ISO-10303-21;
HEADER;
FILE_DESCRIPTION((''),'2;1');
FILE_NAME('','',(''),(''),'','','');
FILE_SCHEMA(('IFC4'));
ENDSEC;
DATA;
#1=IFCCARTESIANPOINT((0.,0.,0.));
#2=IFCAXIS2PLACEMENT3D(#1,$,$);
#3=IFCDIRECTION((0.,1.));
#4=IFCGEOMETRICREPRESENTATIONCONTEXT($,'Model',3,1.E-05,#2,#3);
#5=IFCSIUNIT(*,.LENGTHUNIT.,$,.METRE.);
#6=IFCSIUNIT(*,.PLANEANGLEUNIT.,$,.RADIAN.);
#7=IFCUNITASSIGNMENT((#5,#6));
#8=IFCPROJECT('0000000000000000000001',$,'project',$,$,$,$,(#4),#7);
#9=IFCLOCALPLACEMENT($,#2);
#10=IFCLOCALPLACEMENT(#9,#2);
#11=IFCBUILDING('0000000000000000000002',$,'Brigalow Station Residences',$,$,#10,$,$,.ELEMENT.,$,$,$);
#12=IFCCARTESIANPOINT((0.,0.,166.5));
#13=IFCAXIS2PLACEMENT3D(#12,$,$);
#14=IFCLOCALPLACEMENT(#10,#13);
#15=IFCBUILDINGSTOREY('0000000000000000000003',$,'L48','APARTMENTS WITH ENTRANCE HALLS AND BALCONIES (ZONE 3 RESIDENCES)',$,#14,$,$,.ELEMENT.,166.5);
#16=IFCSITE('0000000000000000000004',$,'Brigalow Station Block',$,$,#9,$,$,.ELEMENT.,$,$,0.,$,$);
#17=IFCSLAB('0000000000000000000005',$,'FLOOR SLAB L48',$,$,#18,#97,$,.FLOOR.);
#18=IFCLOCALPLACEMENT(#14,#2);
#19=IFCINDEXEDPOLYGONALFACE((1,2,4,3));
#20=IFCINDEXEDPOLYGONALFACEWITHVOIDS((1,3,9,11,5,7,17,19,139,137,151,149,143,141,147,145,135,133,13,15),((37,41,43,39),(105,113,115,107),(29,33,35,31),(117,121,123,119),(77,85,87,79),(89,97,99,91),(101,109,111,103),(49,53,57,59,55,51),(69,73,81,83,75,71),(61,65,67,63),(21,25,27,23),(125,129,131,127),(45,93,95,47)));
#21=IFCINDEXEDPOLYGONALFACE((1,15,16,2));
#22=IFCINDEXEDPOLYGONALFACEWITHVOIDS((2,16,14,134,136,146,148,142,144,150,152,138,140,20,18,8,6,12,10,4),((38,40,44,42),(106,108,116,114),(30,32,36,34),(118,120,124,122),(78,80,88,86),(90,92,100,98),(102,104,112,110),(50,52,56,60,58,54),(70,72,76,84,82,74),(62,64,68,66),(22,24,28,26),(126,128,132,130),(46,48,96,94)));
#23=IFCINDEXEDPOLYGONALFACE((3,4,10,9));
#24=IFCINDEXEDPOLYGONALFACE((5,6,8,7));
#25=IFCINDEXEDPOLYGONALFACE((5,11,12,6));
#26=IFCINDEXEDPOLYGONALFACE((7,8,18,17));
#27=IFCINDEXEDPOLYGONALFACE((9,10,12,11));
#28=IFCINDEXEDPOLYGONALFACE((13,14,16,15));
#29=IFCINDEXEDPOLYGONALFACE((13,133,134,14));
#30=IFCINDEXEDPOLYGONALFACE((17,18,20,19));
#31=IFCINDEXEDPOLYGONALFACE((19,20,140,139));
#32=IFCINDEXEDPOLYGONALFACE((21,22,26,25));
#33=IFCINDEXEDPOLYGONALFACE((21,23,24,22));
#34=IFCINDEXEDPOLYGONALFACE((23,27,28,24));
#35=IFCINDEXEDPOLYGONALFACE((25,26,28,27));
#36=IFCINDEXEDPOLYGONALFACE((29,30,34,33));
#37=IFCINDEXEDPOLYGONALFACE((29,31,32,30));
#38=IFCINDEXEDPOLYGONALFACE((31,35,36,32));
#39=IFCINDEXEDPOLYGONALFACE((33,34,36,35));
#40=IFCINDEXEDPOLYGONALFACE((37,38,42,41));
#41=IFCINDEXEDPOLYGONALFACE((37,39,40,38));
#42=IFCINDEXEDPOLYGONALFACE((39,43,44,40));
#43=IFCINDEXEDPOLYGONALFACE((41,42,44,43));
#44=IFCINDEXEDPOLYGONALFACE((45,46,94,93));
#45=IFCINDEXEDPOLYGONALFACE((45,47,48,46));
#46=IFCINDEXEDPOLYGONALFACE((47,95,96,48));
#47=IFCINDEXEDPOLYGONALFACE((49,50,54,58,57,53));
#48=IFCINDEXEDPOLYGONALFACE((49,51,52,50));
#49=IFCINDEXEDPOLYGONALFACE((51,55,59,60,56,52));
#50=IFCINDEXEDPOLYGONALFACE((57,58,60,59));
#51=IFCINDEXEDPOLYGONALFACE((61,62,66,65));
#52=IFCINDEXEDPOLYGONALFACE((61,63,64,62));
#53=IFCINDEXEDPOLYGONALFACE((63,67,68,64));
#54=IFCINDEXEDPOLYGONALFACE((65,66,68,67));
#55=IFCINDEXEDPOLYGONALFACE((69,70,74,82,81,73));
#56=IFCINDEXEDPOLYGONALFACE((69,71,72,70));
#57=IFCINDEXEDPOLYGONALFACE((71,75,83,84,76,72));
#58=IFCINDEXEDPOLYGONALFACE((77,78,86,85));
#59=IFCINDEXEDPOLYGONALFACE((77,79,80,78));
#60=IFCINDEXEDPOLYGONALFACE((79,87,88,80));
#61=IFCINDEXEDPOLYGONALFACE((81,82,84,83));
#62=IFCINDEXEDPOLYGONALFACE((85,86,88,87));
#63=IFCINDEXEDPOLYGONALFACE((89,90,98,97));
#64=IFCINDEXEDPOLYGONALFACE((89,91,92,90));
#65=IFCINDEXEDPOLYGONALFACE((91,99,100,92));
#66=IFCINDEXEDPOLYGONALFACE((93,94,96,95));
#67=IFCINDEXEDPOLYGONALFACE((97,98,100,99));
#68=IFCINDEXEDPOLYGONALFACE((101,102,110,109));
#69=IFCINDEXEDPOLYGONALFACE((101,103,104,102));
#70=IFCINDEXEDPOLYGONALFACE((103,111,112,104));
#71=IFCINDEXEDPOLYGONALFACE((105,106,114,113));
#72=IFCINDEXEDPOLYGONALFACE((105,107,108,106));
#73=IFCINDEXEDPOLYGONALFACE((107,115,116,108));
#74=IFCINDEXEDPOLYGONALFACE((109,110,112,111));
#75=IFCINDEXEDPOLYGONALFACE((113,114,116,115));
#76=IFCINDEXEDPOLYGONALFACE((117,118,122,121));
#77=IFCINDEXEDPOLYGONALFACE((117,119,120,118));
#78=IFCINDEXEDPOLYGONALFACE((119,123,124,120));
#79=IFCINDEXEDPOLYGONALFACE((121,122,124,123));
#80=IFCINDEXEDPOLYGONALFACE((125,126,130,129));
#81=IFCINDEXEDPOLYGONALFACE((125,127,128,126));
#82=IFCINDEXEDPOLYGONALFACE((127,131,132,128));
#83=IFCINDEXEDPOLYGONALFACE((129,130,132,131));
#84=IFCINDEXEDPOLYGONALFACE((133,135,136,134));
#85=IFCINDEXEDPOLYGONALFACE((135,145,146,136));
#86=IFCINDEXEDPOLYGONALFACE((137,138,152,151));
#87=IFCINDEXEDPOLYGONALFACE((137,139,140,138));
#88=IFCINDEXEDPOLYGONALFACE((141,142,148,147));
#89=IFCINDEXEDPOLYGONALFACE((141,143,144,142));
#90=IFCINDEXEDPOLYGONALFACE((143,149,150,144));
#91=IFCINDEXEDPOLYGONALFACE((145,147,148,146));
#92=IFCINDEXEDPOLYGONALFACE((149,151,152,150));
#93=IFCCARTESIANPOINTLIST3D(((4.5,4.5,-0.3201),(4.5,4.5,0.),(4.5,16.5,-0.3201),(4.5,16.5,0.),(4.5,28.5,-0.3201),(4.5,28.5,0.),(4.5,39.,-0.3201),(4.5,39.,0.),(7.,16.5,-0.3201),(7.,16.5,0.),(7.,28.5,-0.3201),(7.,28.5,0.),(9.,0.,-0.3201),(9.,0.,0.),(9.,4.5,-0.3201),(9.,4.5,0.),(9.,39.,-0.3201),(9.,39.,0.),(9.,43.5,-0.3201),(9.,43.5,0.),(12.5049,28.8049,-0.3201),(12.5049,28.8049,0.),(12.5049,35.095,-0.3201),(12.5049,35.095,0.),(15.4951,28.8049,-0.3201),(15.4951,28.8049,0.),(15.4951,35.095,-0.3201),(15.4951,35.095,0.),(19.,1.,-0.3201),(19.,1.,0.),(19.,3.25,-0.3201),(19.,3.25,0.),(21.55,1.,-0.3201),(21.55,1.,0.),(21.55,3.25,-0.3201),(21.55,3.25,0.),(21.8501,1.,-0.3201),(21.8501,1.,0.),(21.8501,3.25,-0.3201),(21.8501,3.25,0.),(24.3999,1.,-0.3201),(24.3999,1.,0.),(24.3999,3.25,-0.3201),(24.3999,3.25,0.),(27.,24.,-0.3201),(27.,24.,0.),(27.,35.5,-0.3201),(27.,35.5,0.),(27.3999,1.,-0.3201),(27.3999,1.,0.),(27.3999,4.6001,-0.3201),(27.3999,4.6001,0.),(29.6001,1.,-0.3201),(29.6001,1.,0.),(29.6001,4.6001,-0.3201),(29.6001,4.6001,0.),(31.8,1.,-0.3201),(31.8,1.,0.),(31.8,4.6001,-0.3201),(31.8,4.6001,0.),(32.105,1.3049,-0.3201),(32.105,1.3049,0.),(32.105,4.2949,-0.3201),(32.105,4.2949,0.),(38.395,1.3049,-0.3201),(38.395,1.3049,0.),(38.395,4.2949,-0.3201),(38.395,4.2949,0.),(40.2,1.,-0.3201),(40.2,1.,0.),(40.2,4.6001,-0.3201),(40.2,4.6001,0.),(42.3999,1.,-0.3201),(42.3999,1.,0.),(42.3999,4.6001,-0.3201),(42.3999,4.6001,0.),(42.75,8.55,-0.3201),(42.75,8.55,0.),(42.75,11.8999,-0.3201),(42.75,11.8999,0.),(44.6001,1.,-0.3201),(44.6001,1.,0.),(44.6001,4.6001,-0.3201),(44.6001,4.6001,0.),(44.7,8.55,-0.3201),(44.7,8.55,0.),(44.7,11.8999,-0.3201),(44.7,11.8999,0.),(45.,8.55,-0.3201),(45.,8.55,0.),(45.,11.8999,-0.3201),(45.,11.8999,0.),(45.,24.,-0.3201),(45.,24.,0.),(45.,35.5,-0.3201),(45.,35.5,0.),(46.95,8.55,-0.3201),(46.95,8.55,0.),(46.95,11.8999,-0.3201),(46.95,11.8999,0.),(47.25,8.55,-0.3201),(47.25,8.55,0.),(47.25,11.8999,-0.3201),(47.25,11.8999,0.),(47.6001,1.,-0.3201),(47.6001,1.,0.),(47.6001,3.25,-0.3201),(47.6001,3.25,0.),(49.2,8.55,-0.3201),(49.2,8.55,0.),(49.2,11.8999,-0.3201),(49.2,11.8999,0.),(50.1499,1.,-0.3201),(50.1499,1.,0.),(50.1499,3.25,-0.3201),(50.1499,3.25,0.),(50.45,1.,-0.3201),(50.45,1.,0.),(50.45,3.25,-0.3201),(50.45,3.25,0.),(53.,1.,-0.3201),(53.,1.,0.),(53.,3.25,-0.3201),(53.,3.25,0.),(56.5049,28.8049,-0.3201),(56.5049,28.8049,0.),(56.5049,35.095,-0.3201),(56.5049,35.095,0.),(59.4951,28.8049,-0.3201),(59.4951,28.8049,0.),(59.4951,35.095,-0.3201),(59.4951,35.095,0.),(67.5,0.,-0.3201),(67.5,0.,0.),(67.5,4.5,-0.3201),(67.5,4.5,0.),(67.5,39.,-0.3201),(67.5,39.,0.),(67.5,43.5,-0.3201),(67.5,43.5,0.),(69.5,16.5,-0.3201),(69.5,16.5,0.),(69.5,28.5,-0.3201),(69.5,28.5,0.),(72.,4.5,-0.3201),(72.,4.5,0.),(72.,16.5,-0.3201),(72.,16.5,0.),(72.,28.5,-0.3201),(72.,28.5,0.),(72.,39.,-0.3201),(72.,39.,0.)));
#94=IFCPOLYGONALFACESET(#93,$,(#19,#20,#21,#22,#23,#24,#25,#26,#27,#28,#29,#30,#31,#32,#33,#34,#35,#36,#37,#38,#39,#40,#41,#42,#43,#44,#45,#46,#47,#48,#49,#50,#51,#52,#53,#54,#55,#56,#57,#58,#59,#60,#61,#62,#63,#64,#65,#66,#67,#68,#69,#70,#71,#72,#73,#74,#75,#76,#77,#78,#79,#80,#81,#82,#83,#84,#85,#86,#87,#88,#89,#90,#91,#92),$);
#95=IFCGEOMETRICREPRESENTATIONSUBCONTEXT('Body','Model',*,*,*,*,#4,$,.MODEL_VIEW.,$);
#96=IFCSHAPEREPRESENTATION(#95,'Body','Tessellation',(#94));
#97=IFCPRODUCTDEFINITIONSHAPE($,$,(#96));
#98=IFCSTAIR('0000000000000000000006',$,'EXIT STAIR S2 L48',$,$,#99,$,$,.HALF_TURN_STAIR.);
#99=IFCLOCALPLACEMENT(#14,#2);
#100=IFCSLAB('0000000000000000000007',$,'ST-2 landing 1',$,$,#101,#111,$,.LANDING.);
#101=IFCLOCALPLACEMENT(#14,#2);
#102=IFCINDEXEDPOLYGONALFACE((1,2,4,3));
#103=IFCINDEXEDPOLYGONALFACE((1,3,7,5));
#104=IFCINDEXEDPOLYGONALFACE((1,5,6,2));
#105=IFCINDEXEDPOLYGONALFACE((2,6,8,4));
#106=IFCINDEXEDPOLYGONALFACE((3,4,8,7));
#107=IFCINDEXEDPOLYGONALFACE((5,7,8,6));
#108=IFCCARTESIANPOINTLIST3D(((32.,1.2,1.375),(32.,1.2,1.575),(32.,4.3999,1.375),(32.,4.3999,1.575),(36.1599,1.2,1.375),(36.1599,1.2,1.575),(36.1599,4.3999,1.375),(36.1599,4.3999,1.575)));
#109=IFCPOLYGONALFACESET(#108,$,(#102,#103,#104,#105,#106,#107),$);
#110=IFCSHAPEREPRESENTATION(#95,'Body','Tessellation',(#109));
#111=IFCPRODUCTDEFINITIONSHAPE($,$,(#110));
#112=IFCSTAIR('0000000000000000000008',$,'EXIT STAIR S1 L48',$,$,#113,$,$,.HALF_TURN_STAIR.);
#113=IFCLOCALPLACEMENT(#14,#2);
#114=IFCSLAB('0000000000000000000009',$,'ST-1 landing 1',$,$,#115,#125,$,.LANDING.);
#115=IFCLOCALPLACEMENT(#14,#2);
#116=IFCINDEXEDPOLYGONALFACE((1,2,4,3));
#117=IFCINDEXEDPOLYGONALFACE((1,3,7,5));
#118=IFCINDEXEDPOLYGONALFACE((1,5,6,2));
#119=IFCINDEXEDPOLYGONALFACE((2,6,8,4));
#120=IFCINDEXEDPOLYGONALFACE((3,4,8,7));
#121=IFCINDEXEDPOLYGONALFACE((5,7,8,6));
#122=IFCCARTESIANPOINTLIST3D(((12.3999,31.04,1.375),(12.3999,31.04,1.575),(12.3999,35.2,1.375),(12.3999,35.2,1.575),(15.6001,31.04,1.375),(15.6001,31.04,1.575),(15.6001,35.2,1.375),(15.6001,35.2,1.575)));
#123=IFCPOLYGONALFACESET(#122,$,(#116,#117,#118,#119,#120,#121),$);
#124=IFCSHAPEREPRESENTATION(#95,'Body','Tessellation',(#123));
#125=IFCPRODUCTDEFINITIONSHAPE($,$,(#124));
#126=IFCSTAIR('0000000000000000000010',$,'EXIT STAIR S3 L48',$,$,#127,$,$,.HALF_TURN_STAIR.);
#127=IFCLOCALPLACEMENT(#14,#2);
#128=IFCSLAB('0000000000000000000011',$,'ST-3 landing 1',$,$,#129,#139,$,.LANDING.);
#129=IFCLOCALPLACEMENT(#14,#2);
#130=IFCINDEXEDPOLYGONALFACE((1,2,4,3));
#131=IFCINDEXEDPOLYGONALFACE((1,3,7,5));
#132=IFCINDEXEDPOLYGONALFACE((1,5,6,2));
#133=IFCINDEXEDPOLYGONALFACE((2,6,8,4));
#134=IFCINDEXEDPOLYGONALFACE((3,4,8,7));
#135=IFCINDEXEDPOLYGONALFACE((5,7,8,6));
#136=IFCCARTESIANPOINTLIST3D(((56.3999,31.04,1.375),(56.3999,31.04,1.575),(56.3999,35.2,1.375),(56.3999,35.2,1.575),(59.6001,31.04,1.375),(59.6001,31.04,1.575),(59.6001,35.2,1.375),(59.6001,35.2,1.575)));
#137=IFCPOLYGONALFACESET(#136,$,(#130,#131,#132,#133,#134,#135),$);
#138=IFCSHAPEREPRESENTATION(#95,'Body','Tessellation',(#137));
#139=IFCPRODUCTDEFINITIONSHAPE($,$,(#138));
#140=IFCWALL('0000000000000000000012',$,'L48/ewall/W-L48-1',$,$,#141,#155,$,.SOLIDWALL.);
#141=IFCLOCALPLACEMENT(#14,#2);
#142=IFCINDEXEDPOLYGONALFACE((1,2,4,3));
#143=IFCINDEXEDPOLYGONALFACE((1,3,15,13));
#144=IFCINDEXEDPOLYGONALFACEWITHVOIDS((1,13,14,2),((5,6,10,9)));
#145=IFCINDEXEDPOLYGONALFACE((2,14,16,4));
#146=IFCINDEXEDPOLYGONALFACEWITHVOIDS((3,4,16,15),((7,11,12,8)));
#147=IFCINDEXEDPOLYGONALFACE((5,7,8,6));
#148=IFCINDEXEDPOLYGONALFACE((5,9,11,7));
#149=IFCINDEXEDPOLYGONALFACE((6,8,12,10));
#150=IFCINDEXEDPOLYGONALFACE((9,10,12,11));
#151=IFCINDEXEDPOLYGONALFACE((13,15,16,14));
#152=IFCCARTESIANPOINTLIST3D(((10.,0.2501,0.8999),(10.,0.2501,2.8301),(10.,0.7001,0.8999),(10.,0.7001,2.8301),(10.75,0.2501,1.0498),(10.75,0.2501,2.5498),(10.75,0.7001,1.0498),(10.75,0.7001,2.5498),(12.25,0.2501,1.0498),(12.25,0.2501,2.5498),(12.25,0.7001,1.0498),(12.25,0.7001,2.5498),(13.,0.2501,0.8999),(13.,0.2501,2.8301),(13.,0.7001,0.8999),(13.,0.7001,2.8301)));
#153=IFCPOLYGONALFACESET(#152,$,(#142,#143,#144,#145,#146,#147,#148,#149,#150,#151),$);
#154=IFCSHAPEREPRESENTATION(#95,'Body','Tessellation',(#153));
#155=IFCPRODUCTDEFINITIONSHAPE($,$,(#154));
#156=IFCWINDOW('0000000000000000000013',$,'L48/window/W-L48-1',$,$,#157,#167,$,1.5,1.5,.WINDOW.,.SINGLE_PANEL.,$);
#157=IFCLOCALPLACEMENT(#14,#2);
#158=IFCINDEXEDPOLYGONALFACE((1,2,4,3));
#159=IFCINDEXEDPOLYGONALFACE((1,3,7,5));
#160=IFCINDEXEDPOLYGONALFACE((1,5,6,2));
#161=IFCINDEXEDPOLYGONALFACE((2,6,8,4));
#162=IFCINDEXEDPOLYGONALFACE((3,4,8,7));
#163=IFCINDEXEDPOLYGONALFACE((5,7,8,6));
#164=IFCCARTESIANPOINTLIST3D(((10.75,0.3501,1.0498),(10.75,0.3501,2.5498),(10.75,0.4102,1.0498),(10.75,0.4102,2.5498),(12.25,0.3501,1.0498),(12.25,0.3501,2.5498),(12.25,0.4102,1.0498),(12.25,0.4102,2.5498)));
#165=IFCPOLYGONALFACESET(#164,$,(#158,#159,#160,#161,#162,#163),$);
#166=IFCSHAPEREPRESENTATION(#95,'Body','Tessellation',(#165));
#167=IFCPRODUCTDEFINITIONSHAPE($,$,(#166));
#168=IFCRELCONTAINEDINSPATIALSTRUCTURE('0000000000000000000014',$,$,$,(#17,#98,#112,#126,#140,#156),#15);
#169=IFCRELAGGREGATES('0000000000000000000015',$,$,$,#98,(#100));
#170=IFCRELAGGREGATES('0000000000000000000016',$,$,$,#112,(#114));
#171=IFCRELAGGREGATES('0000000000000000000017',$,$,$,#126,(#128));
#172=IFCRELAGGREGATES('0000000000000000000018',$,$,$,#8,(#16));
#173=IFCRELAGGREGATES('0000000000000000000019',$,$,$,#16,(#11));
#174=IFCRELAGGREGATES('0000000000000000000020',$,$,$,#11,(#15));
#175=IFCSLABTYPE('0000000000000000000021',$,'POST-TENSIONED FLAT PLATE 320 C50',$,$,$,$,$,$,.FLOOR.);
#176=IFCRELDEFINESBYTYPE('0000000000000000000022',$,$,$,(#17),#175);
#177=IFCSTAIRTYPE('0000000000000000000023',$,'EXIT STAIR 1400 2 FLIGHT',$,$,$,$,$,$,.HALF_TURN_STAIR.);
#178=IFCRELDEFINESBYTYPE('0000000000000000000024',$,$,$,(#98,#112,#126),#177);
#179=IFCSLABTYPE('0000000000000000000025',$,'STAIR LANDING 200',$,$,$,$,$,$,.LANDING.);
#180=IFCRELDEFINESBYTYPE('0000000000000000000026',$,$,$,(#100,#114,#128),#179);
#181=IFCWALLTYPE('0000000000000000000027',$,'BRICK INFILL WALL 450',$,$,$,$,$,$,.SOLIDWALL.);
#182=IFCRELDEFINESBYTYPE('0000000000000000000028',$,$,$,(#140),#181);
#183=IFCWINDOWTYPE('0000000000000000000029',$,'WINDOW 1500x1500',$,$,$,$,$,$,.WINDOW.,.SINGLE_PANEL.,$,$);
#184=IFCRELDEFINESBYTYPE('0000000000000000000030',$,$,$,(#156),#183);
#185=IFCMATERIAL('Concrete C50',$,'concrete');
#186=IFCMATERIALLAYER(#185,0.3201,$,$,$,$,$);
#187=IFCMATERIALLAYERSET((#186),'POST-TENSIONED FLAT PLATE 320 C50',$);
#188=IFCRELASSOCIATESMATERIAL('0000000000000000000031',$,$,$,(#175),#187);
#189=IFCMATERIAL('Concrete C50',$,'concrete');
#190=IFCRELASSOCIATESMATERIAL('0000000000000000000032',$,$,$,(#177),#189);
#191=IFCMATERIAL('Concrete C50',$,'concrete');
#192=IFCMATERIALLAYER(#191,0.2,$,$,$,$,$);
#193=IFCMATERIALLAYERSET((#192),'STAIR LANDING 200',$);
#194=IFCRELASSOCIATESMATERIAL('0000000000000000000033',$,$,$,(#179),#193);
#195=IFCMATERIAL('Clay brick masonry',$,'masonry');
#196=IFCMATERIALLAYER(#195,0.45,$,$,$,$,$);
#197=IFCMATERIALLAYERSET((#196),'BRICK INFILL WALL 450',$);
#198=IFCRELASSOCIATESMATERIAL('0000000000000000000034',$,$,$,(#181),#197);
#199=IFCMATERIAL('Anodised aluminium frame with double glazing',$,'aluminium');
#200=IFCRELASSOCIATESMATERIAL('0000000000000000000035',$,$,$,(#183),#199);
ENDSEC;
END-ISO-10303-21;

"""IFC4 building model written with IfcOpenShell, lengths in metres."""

from ifc_helpers import new_model, si_unit, direction, frame, frame_2d, origin, place, context, subcontext, project, spatial, polyline, rectangle, outline, extrude, material, layer, layer_set, type_object, element, fill, aggregate, save


model = new_model("IFC4")

# Units and contexts
model_context = context("Model", 3, precision=1e-05, world=origin(), true_north=direction((0.0, 1.0)))
body_context = subcontext(model_context, "Body", "Model", "MODEL_VIEW")
ifc_project = project(units=[si_unit("LENGTHUNIT", "METRE"), si_unit("PLANEANGLEUNIT", "RADIAN")], contexts=[model_context])

# Site, building, storey
site_placement = place(None, origin())
site = spatial("IfcSite", under=ifc_project, at=site_placement, Name="Brigalow Station Block", CompositionType="ELEMENT", RefElevation=0.0)
building_placement = place(site_placement, origin())
building = spatial("IfcBuilding", under=site, at=building_placement, Name="Brigalow Station Residences", CompositionType="ELEMENT")
storey_placement = place(building_placement, frame((0.0, 0.0, 166.5)))
storey = spatial("IfcBuildingStorey", under=building, at=storey_placement, Name="L48", Description="APARTMENTS WITH ENTRANCE HALLS AND BALCONIES (ZONE 3 RESIDENCES)", CompositionType="ELEMENT", Elevation=166.5)

# Slab
ifc_material_1 = material(Name="Concrete C50", Category="concrete")
ifc_layer_1 = layer(ifc_material_1, 0.3201)
ifc_layer_set_1 = layer_set([ifc_layer_1], Name="POST-TENSIONED FLAT PLATE 320 C50")
slab_type_1 = type_object("IfcSlabType", Name="POST-TENSIONED FLAT PLATE 320 C50", PredefinedType="FLOOR", material=ifc_layer_set_1)
slab_1_placement = place(storey_placement, frame((0.0, 0.0, -0.3201)))
element("IfcSlab", 1, at=slab_1_placement, inside=storey, type_object=slab_type_1, Name="FLOOR SLAB L48", PredefinedType="FLOOR", context=body_context, shape_type="SweptSolid", body=[
    extrude(outline(polyline([(9.0, 0.0), (67.5, 0.0), (67.5, 4.5), (72.0, 4.5), (72.0, 16.5), (69.5, 16.5), (69.5, 28.5), (72.0, 28.5), (72.0, 39.0), (67.5, 39.0), (67.5, 43.5), (9.0, 43.5), (9.0, 39.0), (4.5, 39.0), (4.5, 28.5), (7.0, 28.5), (7.0, 16.5), (4.5, 16.5), (4.5, 4.5), (9.0, 4.5), (9.0, 0.0)]), holes=[polyline([(12.5049, 35.095), (15.4951, 35.095), (15.4951, 28.8049), (12.5049, 28.8049), (12.5049, 35.095)]), polyline([(19.0, 1.0), (19.0, 3.25), (21.55, 3.25), (21.55, 1.0), (19.0, 1.0)]), polyline([(21.8501, 3.25), (24.3999, 3.25), (24.3999, 1.0), (21.8501, 1.0), (21.8501, 3.25)]), polyline([(27.0, 35.5), (45.0, 35.5), (45.0, 24.0), (27.0, 24.0), (27.0, 35.5)]), polyline([(29.6001, 4.6001), (31.8, 4.6001), (31.8, 1.0), (29.6001, 1.0), (27.3999, 1.0), (27.3999, 4.6001), (29.6001, 4.6001)]), polyline([(32.105, 4.2949), (38.395, 4.2949), (38.395, 1.3049), (32.105, 1.3049), (32.105, 4.2949)]), polyline([(40.2, 4.6001), (42.3999, 4.6001), (44.6001, 4.6001), (44.6001, 1.0), (42.3999, 1.0), (40.2, 1.0), (40.2, 4.6001)]), polyline([(42.75, 11.8999), (44.7, 11.8999), (44.7, 8.55), (42.75, 8.55), (42.75, 11.8999)]), polyline([(45.0, 11.8999), (46.95, 11.8999), (46.95, 8.55), (45.0, 8.55), (45.0, 11.8999)]), polyline([(47.25, 11.8999), (49.2, 11.8999), (49.2, 8.55), (47.25, 8.55), (47.25, 11.8999)]), polyline([(47.6001, 3.25), (50.1499, 3.25), (50.1499, 1.0), (47.6001, 1.0), (47.6001, 3.25)]), polyline([(50.45, 3.25), (53.0, 3.25), (53.0, 1.0), (50.45, 1.0), (50.45, 3.25)]), polyline([(56.5049, 35.095), (59.4951, 35.095), (59.4951, 28.8049), (56.5049, 28.8049), (56.5049, 35.095)])]), origin(), (0.0, 0.0, 1.0), 0.3201),
])

# Stairs, slabs
ifc_material_2 = material(Name="Concrete C50", Category="concrete")
stair_type = type_object("IfcStairType", Name="EXIT STAIR 1400 2 FLIGHT", PredefinedType="HALF_TURN_STAIR", material=ifc_material_2)
stair_1_placement = place(storey_placement, origin())
stair_1 = element("IfcStair", 2, at=stair_1_placement, inside=storey, type_object=stair_type, Name="EXIT STAIR S2 L48", PredefinedType="HALF_TURN_STAIR")
ifc_material_3 = material(Name="Concrete C50", Category="concrete")
ifc_layer_2 = layer(ifc_material_3, 0.2)
ifc_layer_set_2 = layer_set([ifc_layer_2], Name="STAIR LANDING 200")
slab_type_2 = type_object("IfcSlabType", Name="STAIR LANDING 200", PredefinedType="LANDING", material=ifc_layer_set_2)
slab_2_placement = place(storey_placement, frame((0.0, 0.0, 1.375)))
slab_2 = element("IfcSlab", 3, at=slab_2_placement, type_object=slab_type_2, Name="ST-2 landing 1", PredefinedType="LANDING", context=body_context, shape_type="SweptSolid", body=[
    extrude(outline(polyline([(32.0, 1.2), (36.1599, 1.2), (36.1599, 4.3999), (32.0, 4.3999), (32.0, 1.2)])), origin(), (0.0, 0.0, 1.0), 0.2),
])
aggregate(stair_1, [slab_2])
stair_2_placement = place(storey_placement, origin())
stair_2 = element("IfcStair", 4, at=stair_2_placement, inside=storey, type_object=stair_type, Name="EXIT STAIR S1 L48", PredefinedType="HALF_TURN_STAIR")
slab_3_placement = place(storey_placement, frame((0.0, 0.0, 1.375)))
slab_3 = element("IfcSlab", 5, at=slab_3_placement, type_object=slab_type_2, Name="ST-1 landing 1", PredefinedType="LANDING", context=body_context, shape_type="SweptSolid", body=[
    extrude(outline(polyline([(12.3999, 31.04), (15.6001, 31.04), (15.6001, 35.2), (12.3999, 35.2), (12.3999, 31.04)])), origin(), (0.0, 0.0, 1.0), 0.2),
])
aggregate(stair_2, [slab_3])
stair_3_placement = place(storey_placement, origin())
stair_3 = element("IfcStair", 6, at=stair_3_placement, inside=storey, type_object=stair_type, Name="EXIT STAIR S3 L48", PredefinedType="HALF_TURN_STAIR")
slab_4_placement = place(storey_placement, frame((0.0, 0.0, 1.375)))
slab_4 = element("IfcSlab", 7, at=slab_4_placement, type_object=slab_type_2, Name="ST-3 landing 1", PredefinedType="LANDING", context=body_context, shape_type="SweptSolid", body=[
    extrude(outline(polyline([(56.3999, 31.04), (59.6001, 31.04), (59.6001, 35.2), (56.3999, 35.2), (56.3999, 31.04)])), origin(), (0.0, 0.0, 1.0), 0.2),
])
aggregate(stair_3, [slab_4])

# Wall, opening, window
ifc_material_4 = material(Name="Clay brick masonry", Category="masonry")
ifc_layer_3 = layer(ifc_material_4, 0.45)
ifc_layer_set_3 = layer_set([ifc_layer_3], Name="BRICK INFILL WALL 450")
wall_type = type_object("IfcWallType", Name="BRICK INFILL WALL 450", PredefinedType="SOLIDWALL", material=ifc_layer_set_3)
wall_1_placement = place(storey_placement, frame((10.0, 0.4751, 0.8999), z_axis=(0.0, 0.0, 1.0), x_axis=(1.0, 0.0, 0.0)))
wall_1 = element("IfcWall", 8, at=wall_1_placement, inside=storey, type_object=wall_type, Name="L48/ewall/W-L48-1", PredefinedType="SOLIDWALL", context=body_context, shape_type="SweptSolid", body=[
    extrude(rectangle(XDim=3.0, YDim=0.45, at=frame_2d((1.5, 0.0))), origin(), (0.0, 0.0, 1.0), 1.9302),
])
opening_1_placement = place(wall_1_placement, frame((0.75, 0.0, 0.1499)))
opening_1 = element("IfcOpeningElement", 9, at=opening_1_placement, cuts=wall_1, PredefinedType="OPENING", context=body_context, shape_type="SweptSolid", body=[
    extrude(rectangle(XDim=1.5, YDim=1.5, at=frame_2d((0.75, 0.75))), frame((0.0, 0.2349, 0.0), z_axis=(0.0, -1.0, 0.0), x_axis=(1.0, 0.0, 0.0)), (0.0, 0.0, 1.0), 0.47),
])
ifc_material_5 = material(Name="Anodised aluminium frame with double glazing", Category="aluminium")
window_type_1 = type_object("IfcWindowType", Name="WINDOW 1500x1500", PartitioningType="SINGLE_PANEL", PredefinedType="WINDOW", material=ifc_material_5)
window_1_placement = place(opening_1_placement, origin())
window_1 = element("IfcWindow", 10, at=window_1_placement, inside=storey, type_object=window_type_1, Name="L48/window/W-L48-1", OverallHeight=1.5, OverallWidth=1.5, PartitioningType="SINGLE_PANEL", PredefinedType="WINDOW", context=body_context, shape_type="SweptSolid", body=[
    extrude(rectangle(XDim=1.5, YDim=1.5, at=frame_2d((0.75, 0.75))), frame((0.0, -0.0649, 0.0), z_axis=(0.0, -1.0, 0.0), x_axis=(1.0, 0.0, 0.0)), (0.0, 0.0, 1.0), 0.0601),
])
fill(opening_1, window_1)

save(model, "model.ifc")
